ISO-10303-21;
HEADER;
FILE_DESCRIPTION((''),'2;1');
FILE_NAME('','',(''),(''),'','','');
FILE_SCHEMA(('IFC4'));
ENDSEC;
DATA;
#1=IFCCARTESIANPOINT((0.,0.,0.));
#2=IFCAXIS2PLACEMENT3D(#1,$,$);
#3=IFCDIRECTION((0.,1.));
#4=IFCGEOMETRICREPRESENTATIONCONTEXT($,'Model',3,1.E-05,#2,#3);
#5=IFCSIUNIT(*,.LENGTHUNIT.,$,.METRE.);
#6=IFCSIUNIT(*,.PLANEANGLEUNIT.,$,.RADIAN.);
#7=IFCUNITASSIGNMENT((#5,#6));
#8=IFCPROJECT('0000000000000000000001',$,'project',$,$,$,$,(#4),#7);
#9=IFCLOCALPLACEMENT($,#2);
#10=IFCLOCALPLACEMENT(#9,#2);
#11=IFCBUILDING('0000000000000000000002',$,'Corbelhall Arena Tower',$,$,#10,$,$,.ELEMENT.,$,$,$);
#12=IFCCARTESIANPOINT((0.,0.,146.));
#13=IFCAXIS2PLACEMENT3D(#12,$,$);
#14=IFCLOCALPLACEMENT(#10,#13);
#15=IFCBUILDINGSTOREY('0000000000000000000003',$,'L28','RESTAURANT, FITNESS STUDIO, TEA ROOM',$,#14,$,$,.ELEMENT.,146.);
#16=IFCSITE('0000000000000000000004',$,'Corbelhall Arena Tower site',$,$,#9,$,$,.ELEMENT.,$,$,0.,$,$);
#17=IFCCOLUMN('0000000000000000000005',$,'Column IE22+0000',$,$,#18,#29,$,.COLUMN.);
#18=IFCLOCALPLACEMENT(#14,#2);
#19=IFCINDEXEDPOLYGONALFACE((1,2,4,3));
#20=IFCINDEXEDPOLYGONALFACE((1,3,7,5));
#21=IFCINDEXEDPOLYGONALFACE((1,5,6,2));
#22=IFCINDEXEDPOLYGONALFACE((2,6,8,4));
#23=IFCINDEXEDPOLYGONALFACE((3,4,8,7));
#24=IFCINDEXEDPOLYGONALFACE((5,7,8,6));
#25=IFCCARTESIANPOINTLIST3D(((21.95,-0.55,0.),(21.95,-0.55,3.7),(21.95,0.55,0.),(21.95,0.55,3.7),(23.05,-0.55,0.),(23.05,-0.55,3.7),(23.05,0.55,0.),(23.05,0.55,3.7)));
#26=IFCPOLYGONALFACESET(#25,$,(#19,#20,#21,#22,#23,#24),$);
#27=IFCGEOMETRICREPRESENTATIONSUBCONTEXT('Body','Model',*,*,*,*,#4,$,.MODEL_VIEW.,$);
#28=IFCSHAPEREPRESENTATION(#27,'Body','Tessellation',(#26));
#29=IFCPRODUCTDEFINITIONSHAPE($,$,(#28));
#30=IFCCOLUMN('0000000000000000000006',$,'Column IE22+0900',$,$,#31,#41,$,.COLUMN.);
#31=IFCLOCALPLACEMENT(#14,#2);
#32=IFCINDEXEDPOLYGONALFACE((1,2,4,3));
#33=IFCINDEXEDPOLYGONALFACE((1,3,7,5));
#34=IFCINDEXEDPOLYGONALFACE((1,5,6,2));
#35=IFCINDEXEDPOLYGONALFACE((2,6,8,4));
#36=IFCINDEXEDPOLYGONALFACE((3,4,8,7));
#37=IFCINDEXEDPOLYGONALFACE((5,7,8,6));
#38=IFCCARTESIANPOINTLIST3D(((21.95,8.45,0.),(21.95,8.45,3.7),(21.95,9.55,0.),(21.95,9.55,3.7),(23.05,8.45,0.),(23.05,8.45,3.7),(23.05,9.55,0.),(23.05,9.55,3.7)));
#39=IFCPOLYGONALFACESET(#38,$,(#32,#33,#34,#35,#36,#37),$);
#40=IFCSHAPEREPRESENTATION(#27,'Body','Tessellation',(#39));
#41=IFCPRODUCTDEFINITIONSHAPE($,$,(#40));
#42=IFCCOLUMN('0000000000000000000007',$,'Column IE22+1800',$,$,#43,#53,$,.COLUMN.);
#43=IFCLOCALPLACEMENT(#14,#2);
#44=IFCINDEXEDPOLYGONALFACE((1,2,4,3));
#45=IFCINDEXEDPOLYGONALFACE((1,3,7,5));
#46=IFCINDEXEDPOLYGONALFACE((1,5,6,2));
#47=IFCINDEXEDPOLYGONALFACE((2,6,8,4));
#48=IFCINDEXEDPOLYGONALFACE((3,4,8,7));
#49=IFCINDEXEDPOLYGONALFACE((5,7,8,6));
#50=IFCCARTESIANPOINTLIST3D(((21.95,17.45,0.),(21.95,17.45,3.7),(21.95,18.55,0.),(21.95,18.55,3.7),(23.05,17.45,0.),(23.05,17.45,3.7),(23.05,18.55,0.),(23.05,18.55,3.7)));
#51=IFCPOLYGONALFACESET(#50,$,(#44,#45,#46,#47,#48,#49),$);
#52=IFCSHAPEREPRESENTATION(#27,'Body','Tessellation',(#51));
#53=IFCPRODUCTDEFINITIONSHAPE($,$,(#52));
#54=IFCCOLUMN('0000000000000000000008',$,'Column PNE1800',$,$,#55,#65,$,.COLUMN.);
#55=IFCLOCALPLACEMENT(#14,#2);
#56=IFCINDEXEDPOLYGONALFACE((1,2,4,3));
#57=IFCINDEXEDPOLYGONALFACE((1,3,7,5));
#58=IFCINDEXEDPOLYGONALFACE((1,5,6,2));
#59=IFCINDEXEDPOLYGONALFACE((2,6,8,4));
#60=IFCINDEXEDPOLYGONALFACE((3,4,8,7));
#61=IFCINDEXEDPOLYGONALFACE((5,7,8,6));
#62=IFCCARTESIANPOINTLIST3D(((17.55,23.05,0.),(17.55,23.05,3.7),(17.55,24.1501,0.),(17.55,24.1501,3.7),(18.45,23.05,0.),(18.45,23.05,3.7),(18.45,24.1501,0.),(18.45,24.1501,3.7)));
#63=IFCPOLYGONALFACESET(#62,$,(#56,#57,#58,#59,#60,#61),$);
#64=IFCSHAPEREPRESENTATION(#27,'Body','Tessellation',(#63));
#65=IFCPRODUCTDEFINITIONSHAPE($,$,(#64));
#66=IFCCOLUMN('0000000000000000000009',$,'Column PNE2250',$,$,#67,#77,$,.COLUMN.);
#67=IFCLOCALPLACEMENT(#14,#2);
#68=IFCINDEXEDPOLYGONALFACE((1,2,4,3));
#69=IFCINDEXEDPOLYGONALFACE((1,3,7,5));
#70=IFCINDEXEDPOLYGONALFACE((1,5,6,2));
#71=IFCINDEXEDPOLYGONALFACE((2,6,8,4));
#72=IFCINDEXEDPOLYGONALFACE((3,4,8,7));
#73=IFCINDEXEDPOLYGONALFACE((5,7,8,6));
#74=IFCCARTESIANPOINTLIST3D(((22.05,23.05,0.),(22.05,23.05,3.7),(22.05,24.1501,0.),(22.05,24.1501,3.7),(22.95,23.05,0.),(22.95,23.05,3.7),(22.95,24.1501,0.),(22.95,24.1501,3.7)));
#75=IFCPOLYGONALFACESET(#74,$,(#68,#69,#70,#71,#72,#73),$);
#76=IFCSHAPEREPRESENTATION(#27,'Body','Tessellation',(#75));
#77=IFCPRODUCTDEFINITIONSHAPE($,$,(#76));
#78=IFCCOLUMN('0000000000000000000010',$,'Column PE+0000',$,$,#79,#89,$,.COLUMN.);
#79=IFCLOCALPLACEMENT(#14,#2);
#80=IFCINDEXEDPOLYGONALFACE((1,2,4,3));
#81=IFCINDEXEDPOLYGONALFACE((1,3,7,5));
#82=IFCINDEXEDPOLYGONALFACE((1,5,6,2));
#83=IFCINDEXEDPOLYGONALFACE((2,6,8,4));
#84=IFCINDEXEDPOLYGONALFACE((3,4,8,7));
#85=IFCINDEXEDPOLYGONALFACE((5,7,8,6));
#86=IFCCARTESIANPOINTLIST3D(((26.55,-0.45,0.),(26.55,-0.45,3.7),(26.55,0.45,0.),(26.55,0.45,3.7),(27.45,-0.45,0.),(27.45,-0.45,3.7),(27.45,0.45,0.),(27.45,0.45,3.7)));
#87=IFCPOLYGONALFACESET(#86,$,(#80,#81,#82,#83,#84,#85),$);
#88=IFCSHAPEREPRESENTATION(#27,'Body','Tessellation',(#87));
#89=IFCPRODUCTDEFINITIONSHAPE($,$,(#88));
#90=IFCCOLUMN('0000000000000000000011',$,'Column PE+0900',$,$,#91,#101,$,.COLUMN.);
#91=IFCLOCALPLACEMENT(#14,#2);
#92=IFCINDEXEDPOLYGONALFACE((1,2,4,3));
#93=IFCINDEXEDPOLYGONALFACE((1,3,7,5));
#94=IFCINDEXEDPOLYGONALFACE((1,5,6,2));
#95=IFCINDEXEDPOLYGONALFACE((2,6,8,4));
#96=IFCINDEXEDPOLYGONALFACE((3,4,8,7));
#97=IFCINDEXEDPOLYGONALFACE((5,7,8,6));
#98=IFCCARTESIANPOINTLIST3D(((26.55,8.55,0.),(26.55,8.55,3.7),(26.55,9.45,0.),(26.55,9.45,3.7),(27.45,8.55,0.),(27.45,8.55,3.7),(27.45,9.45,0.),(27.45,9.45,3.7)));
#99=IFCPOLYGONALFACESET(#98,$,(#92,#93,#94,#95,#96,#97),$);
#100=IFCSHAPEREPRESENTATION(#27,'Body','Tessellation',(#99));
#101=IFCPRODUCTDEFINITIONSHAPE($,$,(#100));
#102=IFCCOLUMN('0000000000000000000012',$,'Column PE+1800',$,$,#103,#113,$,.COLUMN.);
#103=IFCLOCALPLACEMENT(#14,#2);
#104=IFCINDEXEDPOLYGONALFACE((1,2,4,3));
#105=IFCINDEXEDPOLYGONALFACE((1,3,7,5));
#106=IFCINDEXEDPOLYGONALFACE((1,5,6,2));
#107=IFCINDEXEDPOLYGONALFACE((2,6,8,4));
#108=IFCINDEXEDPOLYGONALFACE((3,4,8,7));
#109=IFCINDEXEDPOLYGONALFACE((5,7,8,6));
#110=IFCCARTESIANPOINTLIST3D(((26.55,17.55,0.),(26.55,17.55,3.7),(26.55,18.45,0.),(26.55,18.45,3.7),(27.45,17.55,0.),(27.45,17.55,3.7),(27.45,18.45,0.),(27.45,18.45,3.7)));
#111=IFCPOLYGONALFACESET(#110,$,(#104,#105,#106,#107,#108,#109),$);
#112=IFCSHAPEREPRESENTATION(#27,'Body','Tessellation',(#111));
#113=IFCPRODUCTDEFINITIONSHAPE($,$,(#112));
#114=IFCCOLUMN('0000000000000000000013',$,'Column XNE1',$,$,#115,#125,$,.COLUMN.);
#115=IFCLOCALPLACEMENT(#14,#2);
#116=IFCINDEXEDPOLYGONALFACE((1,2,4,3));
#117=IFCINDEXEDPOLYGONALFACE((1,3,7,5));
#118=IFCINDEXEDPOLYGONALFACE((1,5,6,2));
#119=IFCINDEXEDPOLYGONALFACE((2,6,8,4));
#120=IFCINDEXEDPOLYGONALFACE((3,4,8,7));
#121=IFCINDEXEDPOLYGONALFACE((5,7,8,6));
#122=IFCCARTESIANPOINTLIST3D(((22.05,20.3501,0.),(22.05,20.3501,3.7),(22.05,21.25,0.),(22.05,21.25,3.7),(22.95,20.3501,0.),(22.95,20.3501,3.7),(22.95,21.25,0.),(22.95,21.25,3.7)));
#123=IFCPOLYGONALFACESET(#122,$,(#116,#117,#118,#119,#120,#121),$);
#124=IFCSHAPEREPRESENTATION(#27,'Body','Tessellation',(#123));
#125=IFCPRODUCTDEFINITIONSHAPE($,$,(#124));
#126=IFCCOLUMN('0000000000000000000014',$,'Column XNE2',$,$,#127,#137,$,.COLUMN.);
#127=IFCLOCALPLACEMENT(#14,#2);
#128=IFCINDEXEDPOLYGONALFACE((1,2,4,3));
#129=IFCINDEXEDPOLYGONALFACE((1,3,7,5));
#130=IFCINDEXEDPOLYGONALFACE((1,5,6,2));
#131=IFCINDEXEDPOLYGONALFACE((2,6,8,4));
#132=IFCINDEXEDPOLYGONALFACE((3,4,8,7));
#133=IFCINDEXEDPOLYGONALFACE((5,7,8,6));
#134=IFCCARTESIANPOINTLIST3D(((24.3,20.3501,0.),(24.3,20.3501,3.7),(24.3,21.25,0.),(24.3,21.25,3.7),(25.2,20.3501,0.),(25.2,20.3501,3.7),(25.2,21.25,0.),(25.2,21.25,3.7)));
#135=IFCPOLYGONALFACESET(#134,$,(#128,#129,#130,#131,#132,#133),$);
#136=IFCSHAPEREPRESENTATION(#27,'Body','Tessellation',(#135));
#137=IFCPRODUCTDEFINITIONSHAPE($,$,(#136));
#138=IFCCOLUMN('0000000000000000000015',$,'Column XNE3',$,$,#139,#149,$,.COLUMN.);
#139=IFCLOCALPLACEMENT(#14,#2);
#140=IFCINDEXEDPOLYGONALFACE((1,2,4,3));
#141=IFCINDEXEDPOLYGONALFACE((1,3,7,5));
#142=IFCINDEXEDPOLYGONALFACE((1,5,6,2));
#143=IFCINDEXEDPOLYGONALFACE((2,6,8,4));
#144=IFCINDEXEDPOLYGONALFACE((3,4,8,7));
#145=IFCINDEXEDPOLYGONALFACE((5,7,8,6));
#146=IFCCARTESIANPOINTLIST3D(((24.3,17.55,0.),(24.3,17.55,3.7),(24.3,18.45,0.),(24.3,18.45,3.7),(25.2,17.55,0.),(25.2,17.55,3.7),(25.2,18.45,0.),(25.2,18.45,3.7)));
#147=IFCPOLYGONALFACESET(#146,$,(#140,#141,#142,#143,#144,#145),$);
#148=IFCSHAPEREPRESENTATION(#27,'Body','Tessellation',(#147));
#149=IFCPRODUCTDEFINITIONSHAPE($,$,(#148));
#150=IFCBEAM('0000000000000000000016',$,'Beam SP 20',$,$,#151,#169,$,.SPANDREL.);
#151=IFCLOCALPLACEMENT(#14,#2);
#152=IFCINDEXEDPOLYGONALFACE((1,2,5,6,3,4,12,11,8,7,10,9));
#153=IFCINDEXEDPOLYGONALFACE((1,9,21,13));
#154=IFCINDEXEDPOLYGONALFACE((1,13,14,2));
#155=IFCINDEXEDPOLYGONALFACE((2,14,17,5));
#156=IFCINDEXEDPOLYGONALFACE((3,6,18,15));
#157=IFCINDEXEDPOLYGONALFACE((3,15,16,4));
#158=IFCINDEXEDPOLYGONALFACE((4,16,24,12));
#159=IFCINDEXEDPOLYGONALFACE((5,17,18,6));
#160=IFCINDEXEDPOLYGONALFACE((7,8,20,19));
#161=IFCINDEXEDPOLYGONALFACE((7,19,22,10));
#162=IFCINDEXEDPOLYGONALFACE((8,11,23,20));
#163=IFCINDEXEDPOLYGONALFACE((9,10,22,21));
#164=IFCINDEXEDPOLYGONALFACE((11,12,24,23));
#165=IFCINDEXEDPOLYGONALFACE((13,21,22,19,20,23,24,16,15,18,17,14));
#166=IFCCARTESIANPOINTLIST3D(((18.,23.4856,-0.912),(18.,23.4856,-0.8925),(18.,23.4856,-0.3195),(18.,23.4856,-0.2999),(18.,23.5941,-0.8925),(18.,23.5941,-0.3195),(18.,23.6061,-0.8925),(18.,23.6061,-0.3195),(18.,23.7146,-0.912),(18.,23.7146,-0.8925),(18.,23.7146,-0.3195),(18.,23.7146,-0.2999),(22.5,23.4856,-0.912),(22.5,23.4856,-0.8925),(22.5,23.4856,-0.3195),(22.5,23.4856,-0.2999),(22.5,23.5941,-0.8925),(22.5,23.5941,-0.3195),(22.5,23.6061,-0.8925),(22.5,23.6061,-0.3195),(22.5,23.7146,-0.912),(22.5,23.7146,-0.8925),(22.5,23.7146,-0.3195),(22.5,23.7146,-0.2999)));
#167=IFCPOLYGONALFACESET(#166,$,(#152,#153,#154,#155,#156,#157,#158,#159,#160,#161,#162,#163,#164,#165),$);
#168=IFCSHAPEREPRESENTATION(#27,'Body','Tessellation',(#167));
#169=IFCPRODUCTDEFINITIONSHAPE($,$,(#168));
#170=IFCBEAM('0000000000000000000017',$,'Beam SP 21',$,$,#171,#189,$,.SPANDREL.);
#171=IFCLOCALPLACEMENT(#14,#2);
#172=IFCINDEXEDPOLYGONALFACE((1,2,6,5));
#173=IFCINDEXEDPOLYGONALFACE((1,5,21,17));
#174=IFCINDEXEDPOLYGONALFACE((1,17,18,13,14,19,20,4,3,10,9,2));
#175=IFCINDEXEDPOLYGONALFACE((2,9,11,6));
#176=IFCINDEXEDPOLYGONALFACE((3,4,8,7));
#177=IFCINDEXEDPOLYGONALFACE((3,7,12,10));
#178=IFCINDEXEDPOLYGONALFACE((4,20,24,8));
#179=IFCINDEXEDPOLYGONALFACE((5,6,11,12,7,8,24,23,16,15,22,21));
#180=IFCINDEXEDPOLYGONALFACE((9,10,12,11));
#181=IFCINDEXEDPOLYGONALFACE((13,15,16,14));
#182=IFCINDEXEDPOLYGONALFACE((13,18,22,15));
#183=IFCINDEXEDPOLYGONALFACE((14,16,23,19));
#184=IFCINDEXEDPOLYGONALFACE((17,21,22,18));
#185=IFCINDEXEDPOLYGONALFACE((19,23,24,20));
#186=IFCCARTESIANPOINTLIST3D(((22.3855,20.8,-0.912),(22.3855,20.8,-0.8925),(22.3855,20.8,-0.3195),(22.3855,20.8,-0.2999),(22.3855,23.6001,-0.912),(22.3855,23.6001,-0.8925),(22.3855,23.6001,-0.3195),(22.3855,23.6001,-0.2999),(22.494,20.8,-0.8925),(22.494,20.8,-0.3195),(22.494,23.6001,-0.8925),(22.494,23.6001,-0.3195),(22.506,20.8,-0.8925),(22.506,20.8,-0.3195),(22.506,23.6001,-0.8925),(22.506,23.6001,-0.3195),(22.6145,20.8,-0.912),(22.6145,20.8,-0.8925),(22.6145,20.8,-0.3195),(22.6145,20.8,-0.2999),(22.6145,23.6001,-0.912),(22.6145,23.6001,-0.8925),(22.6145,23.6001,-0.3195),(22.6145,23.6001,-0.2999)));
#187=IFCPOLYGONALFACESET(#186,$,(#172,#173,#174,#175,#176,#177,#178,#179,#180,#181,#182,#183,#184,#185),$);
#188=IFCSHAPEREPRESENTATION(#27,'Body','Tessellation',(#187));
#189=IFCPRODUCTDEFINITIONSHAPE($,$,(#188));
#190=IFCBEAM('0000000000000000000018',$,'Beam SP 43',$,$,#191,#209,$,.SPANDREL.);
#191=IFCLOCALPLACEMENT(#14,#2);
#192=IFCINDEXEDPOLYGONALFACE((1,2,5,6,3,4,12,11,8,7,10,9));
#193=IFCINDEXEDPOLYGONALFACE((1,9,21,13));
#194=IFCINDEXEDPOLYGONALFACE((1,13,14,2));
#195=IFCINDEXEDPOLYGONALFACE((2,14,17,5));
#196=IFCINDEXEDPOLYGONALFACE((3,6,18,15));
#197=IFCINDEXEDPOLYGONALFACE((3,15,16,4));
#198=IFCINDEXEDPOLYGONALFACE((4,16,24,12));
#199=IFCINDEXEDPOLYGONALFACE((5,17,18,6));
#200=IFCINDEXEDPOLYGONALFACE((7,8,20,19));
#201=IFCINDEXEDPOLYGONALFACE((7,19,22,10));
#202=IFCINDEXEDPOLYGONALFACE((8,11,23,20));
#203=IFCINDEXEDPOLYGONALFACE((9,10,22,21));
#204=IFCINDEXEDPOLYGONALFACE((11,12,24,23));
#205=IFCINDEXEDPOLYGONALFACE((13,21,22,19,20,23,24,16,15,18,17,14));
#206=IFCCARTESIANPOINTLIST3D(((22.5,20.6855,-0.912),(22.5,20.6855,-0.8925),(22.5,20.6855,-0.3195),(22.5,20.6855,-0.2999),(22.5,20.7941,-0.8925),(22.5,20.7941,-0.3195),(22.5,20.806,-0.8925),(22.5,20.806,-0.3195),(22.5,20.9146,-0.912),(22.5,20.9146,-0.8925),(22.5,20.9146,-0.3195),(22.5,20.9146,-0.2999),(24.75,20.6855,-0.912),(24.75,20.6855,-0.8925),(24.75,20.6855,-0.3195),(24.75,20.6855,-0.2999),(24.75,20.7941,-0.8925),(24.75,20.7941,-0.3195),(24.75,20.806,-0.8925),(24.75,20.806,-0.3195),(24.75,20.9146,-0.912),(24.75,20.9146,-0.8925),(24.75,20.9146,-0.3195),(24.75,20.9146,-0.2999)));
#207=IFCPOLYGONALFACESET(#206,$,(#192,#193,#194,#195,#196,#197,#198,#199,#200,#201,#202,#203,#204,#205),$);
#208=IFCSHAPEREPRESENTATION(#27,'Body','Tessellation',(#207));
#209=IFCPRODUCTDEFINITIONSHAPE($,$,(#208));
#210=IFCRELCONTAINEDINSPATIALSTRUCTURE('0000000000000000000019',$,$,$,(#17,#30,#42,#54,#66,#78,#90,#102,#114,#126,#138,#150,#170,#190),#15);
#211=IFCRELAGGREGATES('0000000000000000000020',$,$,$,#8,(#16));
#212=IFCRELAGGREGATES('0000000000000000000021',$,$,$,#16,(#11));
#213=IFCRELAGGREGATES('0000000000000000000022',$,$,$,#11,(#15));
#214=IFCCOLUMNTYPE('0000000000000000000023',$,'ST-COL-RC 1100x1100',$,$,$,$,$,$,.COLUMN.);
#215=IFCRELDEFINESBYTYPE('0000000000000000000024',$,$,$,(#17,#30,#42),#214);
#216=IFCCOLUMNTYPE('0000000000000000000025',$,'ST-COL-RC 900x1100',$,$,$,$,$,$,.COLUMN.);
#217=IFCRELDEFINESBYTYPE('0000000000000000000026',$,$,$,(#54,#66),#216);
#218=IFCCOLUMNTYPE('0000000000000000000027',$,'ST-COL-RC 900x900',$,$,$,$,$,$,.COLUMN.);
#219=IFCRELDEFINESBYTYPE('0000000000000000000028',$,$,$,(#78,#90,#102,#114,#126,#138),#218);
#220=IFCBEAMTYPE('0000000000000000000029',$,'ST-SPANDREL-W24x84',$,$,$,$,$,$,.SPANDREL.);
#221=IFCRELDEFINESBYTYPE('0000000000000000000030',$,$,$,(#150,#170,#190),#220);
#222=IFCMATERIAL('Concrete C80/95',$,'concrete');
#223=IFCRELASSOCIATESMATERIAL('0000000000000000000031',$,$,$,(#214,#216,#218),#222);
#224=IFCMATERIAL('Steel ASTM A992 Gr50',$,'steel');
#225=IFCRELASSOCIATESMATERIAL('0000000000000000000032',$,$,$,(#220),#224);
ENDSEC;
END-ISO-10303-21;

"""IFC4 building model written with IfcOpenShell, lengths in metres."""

from ifc_helpers import new_model, si_unit, direction, frame, origin, origin_2d, place, context, subcontext, project, spatial, rectangle, i_section, extrude, material, material_profile, profile_set, type_object, element, save


model = new_model("IFC4")

# Units and contexts
model_context = context("Model", 3, precision=1e-05, world=origin(), true_north=direction((0.0, 1.0)))
body_context = subcontext(model_context, "Body", "Model", "MODEL_VIEW")
ifc_project = project(units=[si_unit("LENGTHUNIT", "METRE"), si_unit("PLANEANGLEUNIT", "RADIAN")], contexts=[model_context])

# Site, building, storey
site_placement = place(None, origin())
site = spatial("IfcSite", under=ifc_project, at=site_placement, Name="Corbelhall Arena Tower site", CompositionType="ELEMENT", RefElevation=0.0)
building_placement = place(site_placement, origin())
building = spatial("IfcBuilding", under=site, at=building_placement, Name="Corbelhall Arena Tower", CompositionType="ELEMENT")
storey_placement = place(building_placement, frame((0.0, 0.0, 146.0)))
storey = spatial("IfcBuildingStorey", under=building, at=storey_placement, Name="L28", Description="RESTAURANT, FITNESS STUDIO, TEA ROOM", CompositionType="ELEMENT", Elevation=146.0)

# Columns
ifc_material_1 = material(Name="Concrete C80/95", Category="concrete")
ifc_material_profile_1 = material_profile(ifc_material_1, rectangle(XDim=1.1001, YDim=1.1001, at=origin_2d()))
ifc_profile_set_1 = profile_set([ifc_material_profile_1], Name="Concrete C80/95")
column_type_1 = type_object("IfcColumnType", Name="ST-COL-RC 1100x1100", PredefinedType="COLUMN", material=ifc_profile_set_1)
for number, where, z_axis, x_axis, name in (
    (1, (22.5, 0.0, 0.0), (0.0, 0.0, 1.0), (1.0, 0.0, 0.0), "Column IE22+0000"),
    (2, (22.5, 9.0, 0.0), (0.0, 0.0, 1.0), (1.0, 0.0, 0.0), "Column IE22+0900"),
    (3, (22.5, 18.0, 0.0), (0.0, 0.0, 1.0), (1.0, 0.0, 0.0), "Column IE22+1800"),
):
    element("IfcColumn", number, at=place(storey_placement, frame(where, z_axis=z_axis, x_axis=x_axis)), inside=storey, type_object=column_type_1, Name=name, PredefinedType="COLUMN", context=body_context, shape_type="SweptSolid", body=[
        extrude(rectangle(XDim=1.1001, YDim=1.1001, at=origin_2d()), origin(), (0.0, 0.0, 1.0), 3.7),
    ])
ifc_material_profile_2 = material_profile(ifc_material_1, rectangle(XDim=0.8999, YDim=1.1001, at=origin_2d()))
ifc_profile_set_2 = profile_set([ifc_material_profile_2], Name="Concrete C80/95")
column_type_2 = type_object("IfcColumnType", Name="ST-COL-RC 900x1100", PredefinedType="COLUMN", material=ifc_profile_set_2)
for number, where, z_axis, x_axis, name in (
    (4, (18.0, 23.6001, 0.0), (0.0, 0.0, 1.0), (1.0, 0.0, 0.0), "Column PNE1800"),
    (5, (22.5, 23.6001, 0.0), (0.0, 0.0, 1.0), (1.0, 0.0, 0.0), "Column PNE2250"),
):
    element("IfcColumn", number, at=place(storey_placement, frame(where, z_axis=z_axis, x_axis=x_axis)), inside=storey, type_object=column_type_2, Name=name, PredefinedType="COLUMN", context=body_context, shape_type="SweptSolid", body=[
        extrude(rectangle(XDim=0.8999, YDim=1.1001, at=origin_2d()), origin(), (0.0, 0.0, 1.0), 3.7),
    ])
ifc_material_profile_3 = material_profile(ifc_material_1, rectangle(XDim=0.8999, YDim=0.8999, at=origin_2d()))
ifc_profile_set_3 = profile_set([ifc_material_profile_3], Name="Concrete C80/95")
column_type_3 = type_object("IfcColumnType", Name="ST-COL-RC 900x900", PredefinedType="COLUMN", material=ifc_profile_set_3)
for number, where, z_axis, x_axis, name in (
    (6, (27.0, 0.0, 0.0), (0.0, 0.0, 1.0), (1.0, 0.0, 0.0), "Column PE+0000"),
    (7, (27.0, 9.0, 0.0), (0.0, 0.0, 1.0), (1.0, 0.0, 0.0), "Column PE+0900"),
    (8, (27.0, 18.0, 0.0), (0.0, 0.0, 1.0), (1.0, 0.0, 0.0), "Column PE+1800"),
    (9, (22.5, 20.8, 0.0), (0.0, 0.0, 1.0), (1.0, 0.0, 0.0), "Column XNE1"),
    (10, (24.75, 20.8, 0.0), (0.0, 0.0, 1.0), (1.0, 0.0, 0.0), "Column XNE2"),
    (11, (24.75, 18.0, 0.0), (0.0, 0.0, 1.0), (1.0, 0.0, 0.0), "Column XNE3"),
):
    element("IfcColumn", number, at=place(storey_placement, frame(where, z_axis=z_axis, x_axis=x_axis)), inside=storey, type_object=column_type_3, Name=name, PredefinedType="COLUMN", context=body_context, shape_type="SweptSolid", body=[
        extrude(rectangle(XDim=0.8999, YDim=0.8999, at=origin_2d()), origin(), (0.0, 0.0, 1.0), 3.7),
    ])

# Beams
ifc_material_2 = material(Name="Steel ASTM A992 Gr50", Category="steel")
ifc_material_profile_4 = material_profile(ifc_material_2, i_section(OverallWidth=0.229, OverallDepth=0.6121, WebThickness=0.012, FlangeThickness=0.0195, at=origin_2d()))
ifc_profile_set_4 = profile_set([ifc_material_profile_4], Name="Steel ASTM A992 Gr50")
beam_type = type_object("IfcBeamType", Name="ST-SPANDREL-W24x84", PredefinedType="SPANDREL", material=ifc_profile_set_4)
beam_1_placement = place(storey_placement, frame((18.0, 23.6001, -0.606), z_axis=(1.0, 0.0, 0.0), x_axis=(0.0, 1.0, 0.0)))
element("IfcBeam", 12, at=beam_1_placement, inside=storey, type_object=beam_type, Name="Beam SP 20", PredefinedType="SPANDREL", context=body_context, shape_type="SweptSolid", body=[
    extrude(i_section(OverallWidth=0.229, OverallDepth=0.6121, WebThickness=0.012, FlangeThickness=0.0195, at=origin_2d()), origin(), (0.0, 0.0, 1.0), 4.5),
])
beam_2_placement = place(storey_placement, frame((22.5, 23.6001, -0.606), z_axis=(0.0, -1.0, 0.0), x_axis=(1.0, 0.0, 0.0)))
element("IfcBeam", 13, at=beam_2_placement, inside=storey, type_object=beam_type, Name="Beam SP 21", PredefinedType="SPANDREL", context=body_context, shape_type="SweptSolid", body=[
    extrude(i_section(OverallWidth=0.229, OverallDepth=0.6121, WebThickness=0.012, FlangeThickness=0.0195, at=origin_2d()), origin(), (0.0, 0.0, 1.0), 2.8),
])
beam_3_placement = place(storey_placement, frame((22.5, 20.8, -0.606), z_axis=(1.0, 0.0, 0.0), x_axis=(0.0, 1.0, 0.0)))
element("IfcBeam", 14, at=beam_3_placement, inside=storey, type_object=beam_type, Name="Beam SP 43", PredefinedType="SPANDREL", context=body_context, shape_type="SweptSolid", body=[
    extrude(i_section(OverallWidth=0.229, OverallDepth=0.6121, WebThickness=0.012, FlangeThickness=0.0195, at=origin_2d()), origin(), (0.0, 0.0, 1.0), 2.25),
])

save(model, "model.ifc")
